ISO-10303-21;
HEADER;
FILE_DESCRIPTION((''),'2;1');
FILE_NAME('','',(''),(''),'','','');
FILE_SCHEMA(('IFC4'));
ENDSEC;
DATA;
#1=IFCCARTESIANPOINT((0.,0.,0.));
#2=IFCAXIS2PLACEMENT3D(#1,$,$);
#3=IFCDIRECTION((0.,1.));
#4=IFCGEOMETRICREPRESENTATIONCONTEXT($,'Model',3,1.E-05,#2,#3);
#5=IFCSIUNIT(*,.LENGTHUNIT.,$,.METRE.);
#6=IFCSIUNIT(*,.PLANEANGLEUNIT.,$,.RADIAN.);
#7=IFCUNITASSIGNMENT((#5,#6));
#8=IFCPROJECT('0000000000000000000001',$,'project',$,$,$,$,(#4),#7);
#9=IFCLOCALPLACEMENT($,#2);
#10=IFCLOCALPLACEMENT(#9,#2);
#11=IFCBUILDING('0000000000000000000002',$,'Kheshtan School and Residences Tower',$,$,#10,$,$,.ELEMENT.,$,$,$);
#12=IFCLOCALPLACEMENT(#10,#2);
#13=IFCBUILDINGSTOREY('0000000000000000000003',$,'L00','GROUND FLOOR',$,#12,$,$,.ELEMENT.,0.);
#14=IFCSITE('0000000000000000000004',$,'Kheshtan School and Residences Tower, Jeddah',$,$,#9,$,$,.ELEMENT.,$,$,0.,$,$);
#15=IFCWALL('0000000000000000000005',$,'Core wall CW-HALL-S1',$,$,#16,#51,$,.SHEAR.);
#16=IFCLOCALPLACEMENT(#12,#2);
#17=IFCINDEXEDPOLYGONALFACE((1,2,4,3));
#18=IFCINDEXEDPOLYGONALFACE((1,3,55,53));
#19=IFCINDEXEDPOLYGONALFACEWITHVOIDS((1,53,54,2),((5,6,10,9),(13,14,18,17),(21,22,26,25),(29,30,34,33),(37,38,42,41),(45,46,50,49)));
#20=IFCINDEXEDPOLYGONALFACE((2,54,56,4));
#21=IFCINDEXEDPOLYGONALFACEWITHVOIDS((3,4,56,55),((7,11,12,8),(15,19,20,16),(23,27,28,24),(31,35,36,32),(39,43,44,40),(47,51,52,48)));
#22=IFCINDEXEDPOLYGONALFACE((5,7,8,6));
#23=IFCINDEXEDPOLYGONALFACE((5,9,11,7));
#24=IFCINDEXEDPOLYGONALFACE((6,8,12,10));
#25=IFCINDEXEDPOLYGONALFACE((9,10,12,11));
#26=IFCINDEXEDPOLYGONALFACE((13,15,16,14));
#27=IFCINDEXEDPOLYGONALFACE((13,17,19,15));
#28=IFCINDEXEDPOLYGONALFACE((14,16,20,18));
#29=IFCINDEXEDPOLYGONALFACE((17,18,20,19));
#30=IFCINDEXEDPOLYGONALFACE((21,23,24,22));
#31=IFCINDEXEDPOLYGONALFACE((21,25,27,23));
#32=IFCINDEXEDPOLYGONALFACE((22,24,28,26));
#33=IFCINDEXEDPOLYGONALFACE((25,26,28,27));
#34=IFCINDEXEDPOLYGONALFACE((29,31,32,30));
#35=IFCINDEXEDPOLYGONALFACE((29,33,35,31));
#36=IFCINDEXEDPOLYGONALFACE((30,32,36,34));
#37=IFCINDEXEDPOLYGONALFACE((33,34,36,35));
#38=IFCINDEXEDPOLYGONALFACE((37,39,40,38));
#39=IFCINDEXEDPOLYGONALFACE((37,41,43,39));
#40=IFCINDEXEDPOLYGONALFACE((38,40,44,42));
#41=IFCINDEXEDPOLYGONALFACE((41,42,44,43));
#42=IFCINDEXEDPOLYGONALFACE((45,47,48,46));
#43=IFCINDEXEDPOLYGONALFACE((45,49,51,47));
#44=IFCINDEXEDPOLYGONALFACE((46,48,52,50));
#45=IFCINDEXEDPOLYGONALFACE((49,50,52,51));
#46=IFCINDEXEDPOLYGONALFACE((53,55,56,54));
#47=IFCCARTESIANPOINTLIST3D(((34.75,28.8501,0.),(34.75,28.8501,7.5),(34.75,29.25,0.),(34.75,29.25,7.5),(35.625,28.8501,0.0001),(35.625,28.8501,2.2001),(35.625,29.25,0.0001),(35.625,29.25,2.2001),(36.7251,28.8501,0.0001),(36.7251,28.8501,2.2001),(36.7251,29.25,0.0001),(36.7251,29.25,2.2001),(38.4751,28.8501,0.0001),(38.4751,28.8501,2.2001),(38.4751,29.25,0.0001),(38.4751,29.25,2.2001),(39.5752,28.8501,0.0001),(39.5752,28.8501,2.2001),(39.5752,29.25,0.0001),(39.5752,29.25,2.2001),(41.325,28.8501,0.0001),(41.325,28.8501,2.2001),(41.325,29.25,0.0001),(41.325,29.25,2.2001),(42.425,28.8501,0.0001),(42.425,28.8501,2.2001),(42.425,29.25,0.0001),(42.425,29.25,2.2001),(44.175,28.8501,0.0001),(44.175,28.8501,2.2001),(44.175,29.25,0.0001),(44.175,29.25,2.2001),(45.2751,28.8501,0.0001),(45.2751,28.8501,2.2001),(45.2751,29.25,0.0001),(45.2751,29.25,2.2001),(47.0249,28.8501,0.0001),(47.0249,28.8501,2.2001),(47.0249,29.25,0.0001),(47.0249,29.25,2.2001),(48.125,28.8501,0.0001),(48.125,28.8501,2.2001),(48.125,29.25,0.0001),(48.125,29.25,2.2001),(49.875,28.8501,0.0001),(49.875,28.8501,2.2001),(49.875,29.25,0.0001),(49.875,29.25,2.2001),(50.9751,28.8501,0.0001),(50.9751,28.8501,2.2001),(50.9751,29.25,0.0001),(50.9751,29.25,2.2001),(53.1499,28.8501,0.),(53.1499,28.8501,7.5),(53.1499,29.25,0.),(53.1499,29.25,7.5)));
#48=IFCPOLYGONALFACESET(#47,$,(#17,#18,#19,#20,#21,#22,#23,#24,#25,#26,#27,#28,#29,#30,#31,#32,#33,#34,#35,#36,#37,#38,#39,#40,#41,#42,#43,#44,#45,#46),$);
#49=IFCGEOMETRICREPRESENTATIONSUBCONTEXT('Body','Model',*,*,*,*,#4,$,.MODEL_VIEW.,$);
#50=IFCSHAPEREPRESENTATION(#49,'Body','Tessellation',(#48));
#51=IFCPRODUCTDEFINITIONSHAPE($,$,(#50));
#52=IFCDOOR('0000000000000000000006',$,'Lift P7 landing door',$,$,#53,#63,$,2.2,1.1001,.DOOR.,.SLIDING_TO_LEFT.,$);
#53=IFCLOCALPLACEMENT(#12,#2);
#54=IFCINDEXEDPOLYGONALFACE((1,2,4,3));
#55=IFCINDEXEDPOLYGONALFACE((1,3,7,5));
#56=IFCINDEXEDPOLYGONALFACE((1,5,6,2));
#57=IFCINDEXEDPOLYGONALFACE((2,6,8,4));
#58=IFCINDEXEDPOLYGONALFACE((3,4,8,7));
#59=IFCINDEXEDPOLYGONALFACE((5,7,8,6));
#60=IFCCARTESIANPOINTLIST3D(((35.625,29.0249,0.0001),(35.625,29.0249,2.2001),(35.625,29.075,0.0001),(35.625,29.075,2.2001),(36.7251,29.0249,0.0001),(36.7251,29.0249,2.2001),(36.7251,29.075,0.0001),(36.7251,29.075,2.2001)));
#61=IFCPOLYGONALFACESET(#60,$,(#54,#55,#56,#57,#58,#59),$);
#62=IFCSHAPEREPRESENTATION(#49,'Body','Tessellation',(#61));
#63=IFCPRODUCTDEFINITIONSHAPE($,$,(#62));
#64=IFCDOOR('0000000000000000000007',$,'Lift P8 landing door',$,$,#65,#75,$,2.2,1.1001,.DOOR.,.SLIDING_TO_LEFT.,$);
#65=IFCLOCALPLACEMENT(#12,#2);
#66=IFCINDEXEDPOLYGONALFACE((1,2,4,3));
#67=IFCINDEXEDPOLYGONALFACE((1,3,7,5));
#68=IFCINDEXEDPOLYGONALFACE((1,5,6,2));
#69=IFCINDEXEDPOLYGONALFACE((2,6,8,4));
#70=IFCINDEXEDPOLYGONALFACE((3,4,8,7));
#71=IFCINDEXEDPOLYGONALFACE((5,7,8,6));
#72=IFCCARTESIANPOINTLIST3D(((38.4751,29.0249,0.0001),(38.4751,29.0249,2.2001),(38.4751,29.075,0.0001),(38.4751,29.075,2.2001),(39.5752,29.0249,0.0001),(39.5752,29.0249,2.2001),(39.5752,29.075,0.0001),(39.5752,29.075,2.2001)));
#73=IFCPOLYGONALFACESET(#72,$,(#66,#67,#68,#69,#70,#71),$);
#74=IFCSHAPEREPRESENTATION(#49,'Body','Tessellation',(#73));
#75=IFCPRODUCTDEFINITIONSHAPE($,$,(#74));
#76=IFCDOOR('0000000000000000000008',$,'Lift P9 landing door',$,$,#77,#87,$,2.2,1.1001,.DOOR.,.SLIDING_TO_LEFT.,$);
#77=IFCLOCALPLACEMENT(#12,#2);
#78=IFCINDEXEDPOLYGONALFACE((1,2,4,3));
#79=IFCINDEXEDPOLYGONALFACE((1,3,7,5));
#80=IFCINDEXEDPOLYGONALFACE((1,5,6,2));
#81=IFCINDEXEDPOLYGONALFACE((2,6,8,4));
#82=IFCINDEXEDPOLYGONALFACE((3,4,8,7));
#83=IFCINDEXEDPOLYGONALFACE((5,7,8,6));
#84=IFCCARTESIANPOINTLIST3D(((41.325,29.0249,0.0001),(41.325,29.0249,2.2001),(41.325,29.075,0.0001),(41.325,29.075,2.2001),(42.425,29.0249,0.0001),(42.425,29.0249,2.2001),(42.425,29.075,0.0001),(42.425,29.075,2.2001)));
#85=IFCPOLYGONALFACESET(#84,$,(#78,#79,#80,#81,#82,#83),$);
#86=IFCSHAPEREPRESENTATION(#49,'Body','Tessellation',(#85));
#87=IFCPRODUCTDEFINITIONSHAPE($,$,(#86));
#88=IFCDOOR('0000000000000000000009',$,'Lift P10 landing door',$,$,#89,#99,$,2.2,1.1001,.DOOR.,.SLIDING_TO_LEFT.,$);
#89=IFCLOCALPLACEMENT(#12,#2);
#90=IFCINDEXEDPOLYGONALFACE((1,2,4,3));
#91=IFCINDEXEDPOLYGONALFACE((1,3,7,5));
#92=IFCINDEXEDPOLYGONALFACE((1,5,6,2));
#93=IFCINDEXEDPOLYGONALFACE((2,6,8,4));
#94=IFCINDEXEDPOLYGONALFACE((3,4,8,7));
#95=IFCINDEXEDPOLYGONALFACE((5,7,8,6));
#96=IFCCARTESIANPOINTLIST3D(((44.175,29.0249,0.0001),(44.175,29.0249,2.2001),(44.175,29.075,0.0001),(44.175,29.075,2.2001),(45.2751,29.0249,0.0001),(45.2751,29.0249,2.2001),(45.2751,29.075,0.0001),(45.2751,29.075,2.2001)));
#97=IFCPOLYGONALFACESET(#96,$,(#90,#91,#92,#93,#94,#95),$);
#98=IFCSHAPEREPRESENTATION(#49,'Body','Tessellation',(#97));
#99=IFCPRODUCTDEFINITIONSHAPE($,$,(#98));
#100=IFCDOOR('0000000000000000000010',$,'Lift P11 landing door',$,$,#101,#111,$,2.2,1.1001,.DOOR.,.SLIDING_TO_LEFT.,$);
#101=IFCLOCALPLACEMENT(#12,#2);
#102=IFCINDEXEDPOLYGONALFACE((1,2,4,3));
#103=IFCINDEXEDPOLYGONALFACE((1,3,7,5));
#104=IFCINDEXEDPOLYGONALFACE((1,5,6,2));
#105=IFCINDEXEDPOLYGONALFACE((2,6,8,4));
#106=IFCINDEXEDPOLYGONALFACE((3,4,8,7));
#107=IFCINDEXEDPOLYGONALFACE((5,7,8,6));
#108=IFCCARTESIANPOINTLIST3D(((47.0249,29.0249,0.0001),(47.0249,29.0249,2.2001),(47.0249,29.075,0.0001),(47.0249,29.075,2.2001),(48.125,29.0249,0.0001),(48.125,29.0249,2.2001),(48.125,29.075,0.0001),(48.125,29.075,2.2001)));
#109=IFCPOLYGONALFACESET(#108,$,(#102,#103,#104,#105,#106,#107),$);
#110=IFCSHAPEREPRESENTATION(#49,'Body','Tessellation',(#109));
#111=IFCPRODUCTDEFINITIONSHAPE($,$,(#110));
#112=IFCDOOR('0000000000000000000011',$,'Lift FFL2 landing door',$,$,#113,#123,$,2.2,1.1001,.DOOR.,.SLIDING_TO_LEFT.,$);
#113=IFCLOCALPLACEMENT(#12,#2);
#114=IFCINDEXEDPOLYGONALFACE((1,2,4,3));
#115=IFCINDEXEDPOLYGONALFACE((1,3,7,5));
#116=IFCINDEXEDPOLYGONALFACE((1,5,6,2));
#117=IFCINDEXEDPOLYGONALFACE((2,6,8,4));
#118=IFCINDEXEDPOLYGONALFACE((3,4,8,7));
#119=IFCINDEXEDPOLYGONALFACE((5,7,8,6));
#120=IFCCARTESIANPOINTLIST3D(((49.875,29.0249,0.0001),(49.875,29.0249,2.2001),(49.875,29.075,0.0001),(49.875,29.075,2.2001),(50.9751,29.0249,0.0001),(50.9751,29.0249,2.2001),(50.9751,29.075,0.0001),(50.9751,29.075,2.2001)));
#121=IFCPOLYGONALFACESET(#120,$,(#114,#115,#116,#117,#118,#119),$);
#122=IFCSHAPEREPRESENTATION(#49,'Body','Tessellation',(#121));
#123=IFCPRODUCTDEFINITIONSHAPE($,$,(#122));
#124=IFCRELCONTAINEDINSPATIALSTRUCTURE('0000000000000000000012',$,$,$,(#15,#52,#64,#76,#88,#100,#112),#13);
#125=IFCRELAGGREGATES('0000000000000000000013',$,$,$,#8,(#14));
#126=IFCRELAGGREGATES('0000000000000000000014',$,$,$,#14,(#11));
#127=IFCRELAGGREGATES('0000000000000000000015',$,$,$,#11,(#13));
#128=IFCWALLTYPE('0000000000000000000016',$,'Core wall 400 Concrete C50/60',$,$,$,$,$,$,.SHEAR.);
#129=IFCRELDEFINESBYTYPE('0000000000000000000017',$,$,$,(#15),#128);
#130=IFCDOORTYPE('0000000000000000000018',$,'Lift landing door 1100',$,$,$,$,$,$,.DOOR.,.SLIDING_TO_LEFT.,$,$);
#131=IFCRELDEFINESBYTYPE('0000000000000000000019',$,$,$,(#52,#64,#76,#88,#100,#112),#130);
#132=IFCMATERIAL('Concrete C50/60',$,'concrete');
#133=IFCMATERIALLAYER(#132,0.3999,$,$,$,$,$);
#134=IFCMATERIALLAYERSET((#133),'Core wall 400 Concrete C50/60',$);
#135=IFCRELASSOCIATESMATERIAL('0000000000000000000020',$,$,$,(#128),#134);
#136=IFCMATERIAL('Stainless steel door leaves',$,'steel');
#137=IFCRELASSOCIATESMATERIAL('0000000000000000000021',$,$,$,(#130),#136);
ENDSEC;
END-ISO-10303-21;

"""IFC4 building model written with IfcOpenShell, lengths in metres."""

from ifc_helpers import new_model, si_unit, direction, frame, frame_2d, origin, place, context, subcontext, project, spatial, rectangle, extrude, source, transform, mapped, material, layer, layer_set, type_object, element, fill, save


model = new_model("IFC4")

# Units and contexts
model_context = context("Model", 3, precision=1e-05, world=origin(), true_north=direction((0.0, 1.0)))
body_context = subcontext(model_context, "Body", "Model", "MODEL_VIEW")
ifc_project = project(units=[si_unit("LENGTHUNIT", "METRE"), si_unit("PLANEANGLEUNIT", "RADIAN")], contexts=[model_context])

# Site, building, storey
site_placement = place(None, origin())
site = spatial("IfcSite", under=ifc_project, at=site_placement, Name="Kheshtan School and Residences Tower, Jeddah", CompositionType="ELEMENT", RefElevation=0.0)
building_placement = place(site_placement, origin())
building = spatial("IfcBuilding", under=site, at=building_placement, Name="Kheshtan School and Residences Tower", CompositionType="ELEMENT")
storey_placement = place(building_placement, origin())
storey = spatial("IfcBuildingStorey", under=building, at=storey_placement, Name="L00", Description="GROUND FLOOR", CompositionType="ELEMENT", Elevation=0.0)

# Wall, openings, doors
ifc_material_1 = material(Name="Concrete C50/60", Category="concrete")
ifc_layer_1 = layer(ifc_material_1, 0.3999)
ifc_layer_set_1 = layer_set([ifc_layer_1], Name="Core wall 400 Concrete C50/60")
wall_type_1 = type_object("IfcWallType", Name="Core wall 400 Concrete C50/60", PredefinedType="SHEAR", material=ifc_layer_set_1)
wall_1_placement = place(storey_placement, frame((34.75, 29.05, 0.0), z_axis=(0.0, 0.0, 1.0), x_axis=(1.0, 0.0, 0.0)))
wall_1 = element("IfcWall", 1, at=wall_1_placement, inside=storey, type_object=wall_type_1, Name="Core wall CW-HALL-S1", PredefinedType="SHEAR", context=body_context, shape_type="SweptSolid", body=[
    extrude(rectangle(XDim=18.3999, YDim=0.3999, at=frame_2d((9.2, 0.0))), origin(), (0.0, 0.0, 1.0), 7.5),
])
opening_1_placement = place(wall_1_placement, frame((0.875, 0.0, 0.0)))
opening_1 = element("IfcOpeningElement", 2, at=opening_1_placement, cuts=wall_1, PredefinedType="OPENING", context=body_context, shape_type="SweptSolid", body=[
    extrude(rectangle(XDim=1.1001, YDim=2.2, at=frame_2d((0.55, 1.1001))), frame((0.0, 0.21, 0.0), z_axis=(0.0, -1.0, 0.0), x_axis=(1.0, 0.0, 0.0)), (0.0, 0.0, 1.0), 0.4199),
])
opening_2_placement = place(wall_1_placement, frame((3.7251, 0.0, 0.0)))
opening_2 = element("IfcOpeningElement", 3, at=opening_2_placement, cuts=wall_1, PredefinedType="OPENING", context=body_context, shape_type="SweptSolid", body=[
    extrude(rectangle(XDim=1.1001, YDim=2.2, at=frame_2d((0.55, 1.1001))), frame((0.0, 0.21, 0.0), z_axis=(0.0, -1.0, 0.0), x_axis=(1.0, 0.0, 0.0)), (0.0, 0.0, 1.0), 0.4199),
])
opening_3_placement = place(wall_1_placement, frame((6.575, 0.0, 0.0)))
opening_3 = element("IfcOpeningElement", 4, at=opening_3_placement, cuts=wall_1, PredefinedType="OPENING", context=body_context, shape_type="SweptSolid", body=[
    extrude(rectangle(XDim=1.1001, YDim=2.2, at=frame_2d((0.55, 1.1001))), frame((0.0, 0.21, 0.0), z_axis=(0.0, -1.0, 0.0), x_axis=(1.0, 0.0, 0.0)), (0.0, 0.0, 1.0), 0.4199),
])
opening_4_placement = place(wall_1_placement, frame((9.425, 0.0, 0.0)))
opening_4 = element("IfcOpeningElement", 5, at=opening_4_placement, cuts=wall_1, PredefinedType="OPENING", context=body_context, shape_type="SweptSolid", body=[
    extrude(rectangle(XDim=1.1001, YDim=2.2, at=frame_2d((0.55, 1.1001))), frame((0.0, 0.21, 0.0), z_axis=(0.0, -1.0, 0.0), x_axis=(1.0, 0.0, 0.0)), (0.0, 0.0, 1.0), 0.4199),
])
opening_5_placement = place(wall_1_placement, frame((12.2749, 0.0, 0.0)))
opening_5 = element("IfcOpeningElement", 6, at=opening_5_placement, cuts=wall_1, PredefinedType="OPENING", context=body_context, shape_type="SweptSolid", body=[
    extrude(rectangle(XDim=1.1001, YDim=2.2, at=frame_2d((0.55, 1.1001))), frame((0.0, 0.21, 0.0), z_axis=(0.0, -1.0, 0.0), x_axis=(1.0, 0.0, 0.0)), (0.0, 0.0, 1.0), 0.4199),
])
opening_6_placement = place(wall_1_placement, frame((15.125, 0.0, 0.0)))
opening_6 = element("IfcOpeningElement", 7, at=opening_6_placement, cuts=wall_1, PredefinedType="OPENING", context=body_context, shape_type="SweptSolid", body=[
    extrude(rectangle(XDim=1.1001, YDim=2.2, at=frame_2d((0.55, 1.1001))), frame((0.0, 0.21, 0.0), z_axis=(0.0, -1.0, 0.0), x_axis=(1.0, 0.0, 0.0)), (0.0, 0.0, 1.0), 0.4199),
])
ifc_material_2 = material(Name="Stainless steel door leaves", Category="steel")
door_type_1 = type_object("IfcDoorType", Name="Lift landing door 1100", OperationType="SLIDING_TO_LEFT", PredefinedType="DOOR", material=ifc_material_2)
shared_shape_1 = source(origin(), body_context, "Body", "SweptSolid", [
    extrude(rectangle(XDim=1.1001, YDim=2.2, at=frame_2d((0.55, 1.1001))), frame((0.0, 0.0249, 0.0), z_axis=(0.0, -1.0, 0.0), x_axis=(1.0, 0.0, 0.0)), (0.0, 0.0, 1.0), 0.05),
])
door_1_placement = place(opening_1_placement, origin())
door_1 = element("IfcDoor", 8, at=door_1_placement, inside=storey, type_object=door_type_1, Name="Lift P7 landing door", OperationType="SLIDING_TO_LEFT", OverallHeight=2.2, OverallWidth=1.1001, PredefinedType="DOOR", context=body_context, shape_type="MappedRepresentation", body=[
    mapped(shared_shape_1, transform((0.0, 0.0, 0.0), x_axis=(1.0, 0.0, 0.0), y_axis=(0.0, 1.0, 0.0), z_axis=(0.0, 0.0, 1.0), scale=1.0)),
])
fill(opening_1, door_1)
door_2_placement = place(opening_2_placement, origin())
door_2 = element("IfcDoor", 9, at=door_2_placement, inside=storey, type_object=door_type_1, Name="Lift P8 landing door", OperationType="SLIDING_TO_LEFT", OverallHeight=2.2, OverallWidth=1.1001, PredefinedType="DOOR", context=body_context, shape_type="MappedRepresentation", body=[
    mapped(shared_shape_1, transform((0.0, 0.0, 0.0), x_axis=(1.0, 0.0, 0.0), y_axis=(0.0, 1.0, 0.0), z_axis=(0.0, 0.0, 1.0), scale=1.0)),
])
fill(opening_2, door_2)
door_3_placement = place(opening_3_placement, origin())
door_3 = element("IfcDoor", 10, at=door_3_placement, inside=storey, type_object=door_type_1, Name="Lift P9 landing door", OperationType="SLIDING_TO_LEFT", OverallHeight=2.2, OverallWidth=1.1001, PredefinedType="DOOR", context=body_context, shape_type="MappedRepresentation", body=[
    mapped(shared_shape_1, transform((0.0, 0.0, 0.0), x_axis=(1.0, 0.0, 0.0), y_axis=(0.0, 1.0, 0.0), z_axis=(0.0, 0.0, 1.0), scale=1.0)),
])
fill(opening_3, door_3)
door_4_placement = place(opening_4_placement, origin())
door_4 = element("IfcDoor", 11, at=door_4_placement, inside=storey, type_object=door_type_1, Name="Lift P10 landing door", OperationType="SLIDING_TO_LEFT", OverallHeight=2.2, OverallWidth=1.1001, PredefinedType="DOOR", context=body_context, shape_type="MappedRepresentation", body=[
    mapped(shared_shape_1, transform((0.0, 0.0, 0.0), x_axis=(1.0, 0.0, 0.0), y_axis=(0.0, 1.0, 0.0), z_axis=(0.0, 0.0, 1.0), scale=1.0)),
])
fill(opening_4, door_4)
door_5_placement = place(opening_5_placement, origin())
door_5 = element("IfcDoor", 12, at=door_5_placement, inside=storey, type_object=door_type_1, Name="Lift P11 landing door", OperationType="SLIDING_TO_LEFT", OverallHeight=2.2, OverallWidth=1.1001, PredefinedType="DOOR", context=body_context, shape_type="MappedRepresentation", body=[
    mapped(shared_shape_1, transform((0.0, 0.0, 0.0), x_axis=(1.0, 0.0, 0.0), y_axis=(0.0, 1.0, 0.0), z_axis=(0.0, 0.0, 1.0), scale=1.0)),
])
fill(opening_5, door_5)
door_6_placement = place(opening_6_placement, origin())
door_6 = element("IfcDoor", 13, at=door_6_placement, inside=storey, type_object=door_type_1, Name="Lift FFL2 landing door", OperationType="SLIDING_TO_LEFT", OverallHeight=2.2, OverallWidth=1.1001, PredefinedType="DOOR", context=body_context, shape_type="MappedRepresentation", body=[
    mapped(shared_shape_1, transform((0.0, 0.0, 0.0), x_axis=(1.0, 0.0, 0.0), y_axis=(0.0, 1.0, 0.0), z_axis=(0.0, 0.0, 1.0), scale=1.0)),
])
fill(opening_6, door_6)

save(model, "model.ifc")
